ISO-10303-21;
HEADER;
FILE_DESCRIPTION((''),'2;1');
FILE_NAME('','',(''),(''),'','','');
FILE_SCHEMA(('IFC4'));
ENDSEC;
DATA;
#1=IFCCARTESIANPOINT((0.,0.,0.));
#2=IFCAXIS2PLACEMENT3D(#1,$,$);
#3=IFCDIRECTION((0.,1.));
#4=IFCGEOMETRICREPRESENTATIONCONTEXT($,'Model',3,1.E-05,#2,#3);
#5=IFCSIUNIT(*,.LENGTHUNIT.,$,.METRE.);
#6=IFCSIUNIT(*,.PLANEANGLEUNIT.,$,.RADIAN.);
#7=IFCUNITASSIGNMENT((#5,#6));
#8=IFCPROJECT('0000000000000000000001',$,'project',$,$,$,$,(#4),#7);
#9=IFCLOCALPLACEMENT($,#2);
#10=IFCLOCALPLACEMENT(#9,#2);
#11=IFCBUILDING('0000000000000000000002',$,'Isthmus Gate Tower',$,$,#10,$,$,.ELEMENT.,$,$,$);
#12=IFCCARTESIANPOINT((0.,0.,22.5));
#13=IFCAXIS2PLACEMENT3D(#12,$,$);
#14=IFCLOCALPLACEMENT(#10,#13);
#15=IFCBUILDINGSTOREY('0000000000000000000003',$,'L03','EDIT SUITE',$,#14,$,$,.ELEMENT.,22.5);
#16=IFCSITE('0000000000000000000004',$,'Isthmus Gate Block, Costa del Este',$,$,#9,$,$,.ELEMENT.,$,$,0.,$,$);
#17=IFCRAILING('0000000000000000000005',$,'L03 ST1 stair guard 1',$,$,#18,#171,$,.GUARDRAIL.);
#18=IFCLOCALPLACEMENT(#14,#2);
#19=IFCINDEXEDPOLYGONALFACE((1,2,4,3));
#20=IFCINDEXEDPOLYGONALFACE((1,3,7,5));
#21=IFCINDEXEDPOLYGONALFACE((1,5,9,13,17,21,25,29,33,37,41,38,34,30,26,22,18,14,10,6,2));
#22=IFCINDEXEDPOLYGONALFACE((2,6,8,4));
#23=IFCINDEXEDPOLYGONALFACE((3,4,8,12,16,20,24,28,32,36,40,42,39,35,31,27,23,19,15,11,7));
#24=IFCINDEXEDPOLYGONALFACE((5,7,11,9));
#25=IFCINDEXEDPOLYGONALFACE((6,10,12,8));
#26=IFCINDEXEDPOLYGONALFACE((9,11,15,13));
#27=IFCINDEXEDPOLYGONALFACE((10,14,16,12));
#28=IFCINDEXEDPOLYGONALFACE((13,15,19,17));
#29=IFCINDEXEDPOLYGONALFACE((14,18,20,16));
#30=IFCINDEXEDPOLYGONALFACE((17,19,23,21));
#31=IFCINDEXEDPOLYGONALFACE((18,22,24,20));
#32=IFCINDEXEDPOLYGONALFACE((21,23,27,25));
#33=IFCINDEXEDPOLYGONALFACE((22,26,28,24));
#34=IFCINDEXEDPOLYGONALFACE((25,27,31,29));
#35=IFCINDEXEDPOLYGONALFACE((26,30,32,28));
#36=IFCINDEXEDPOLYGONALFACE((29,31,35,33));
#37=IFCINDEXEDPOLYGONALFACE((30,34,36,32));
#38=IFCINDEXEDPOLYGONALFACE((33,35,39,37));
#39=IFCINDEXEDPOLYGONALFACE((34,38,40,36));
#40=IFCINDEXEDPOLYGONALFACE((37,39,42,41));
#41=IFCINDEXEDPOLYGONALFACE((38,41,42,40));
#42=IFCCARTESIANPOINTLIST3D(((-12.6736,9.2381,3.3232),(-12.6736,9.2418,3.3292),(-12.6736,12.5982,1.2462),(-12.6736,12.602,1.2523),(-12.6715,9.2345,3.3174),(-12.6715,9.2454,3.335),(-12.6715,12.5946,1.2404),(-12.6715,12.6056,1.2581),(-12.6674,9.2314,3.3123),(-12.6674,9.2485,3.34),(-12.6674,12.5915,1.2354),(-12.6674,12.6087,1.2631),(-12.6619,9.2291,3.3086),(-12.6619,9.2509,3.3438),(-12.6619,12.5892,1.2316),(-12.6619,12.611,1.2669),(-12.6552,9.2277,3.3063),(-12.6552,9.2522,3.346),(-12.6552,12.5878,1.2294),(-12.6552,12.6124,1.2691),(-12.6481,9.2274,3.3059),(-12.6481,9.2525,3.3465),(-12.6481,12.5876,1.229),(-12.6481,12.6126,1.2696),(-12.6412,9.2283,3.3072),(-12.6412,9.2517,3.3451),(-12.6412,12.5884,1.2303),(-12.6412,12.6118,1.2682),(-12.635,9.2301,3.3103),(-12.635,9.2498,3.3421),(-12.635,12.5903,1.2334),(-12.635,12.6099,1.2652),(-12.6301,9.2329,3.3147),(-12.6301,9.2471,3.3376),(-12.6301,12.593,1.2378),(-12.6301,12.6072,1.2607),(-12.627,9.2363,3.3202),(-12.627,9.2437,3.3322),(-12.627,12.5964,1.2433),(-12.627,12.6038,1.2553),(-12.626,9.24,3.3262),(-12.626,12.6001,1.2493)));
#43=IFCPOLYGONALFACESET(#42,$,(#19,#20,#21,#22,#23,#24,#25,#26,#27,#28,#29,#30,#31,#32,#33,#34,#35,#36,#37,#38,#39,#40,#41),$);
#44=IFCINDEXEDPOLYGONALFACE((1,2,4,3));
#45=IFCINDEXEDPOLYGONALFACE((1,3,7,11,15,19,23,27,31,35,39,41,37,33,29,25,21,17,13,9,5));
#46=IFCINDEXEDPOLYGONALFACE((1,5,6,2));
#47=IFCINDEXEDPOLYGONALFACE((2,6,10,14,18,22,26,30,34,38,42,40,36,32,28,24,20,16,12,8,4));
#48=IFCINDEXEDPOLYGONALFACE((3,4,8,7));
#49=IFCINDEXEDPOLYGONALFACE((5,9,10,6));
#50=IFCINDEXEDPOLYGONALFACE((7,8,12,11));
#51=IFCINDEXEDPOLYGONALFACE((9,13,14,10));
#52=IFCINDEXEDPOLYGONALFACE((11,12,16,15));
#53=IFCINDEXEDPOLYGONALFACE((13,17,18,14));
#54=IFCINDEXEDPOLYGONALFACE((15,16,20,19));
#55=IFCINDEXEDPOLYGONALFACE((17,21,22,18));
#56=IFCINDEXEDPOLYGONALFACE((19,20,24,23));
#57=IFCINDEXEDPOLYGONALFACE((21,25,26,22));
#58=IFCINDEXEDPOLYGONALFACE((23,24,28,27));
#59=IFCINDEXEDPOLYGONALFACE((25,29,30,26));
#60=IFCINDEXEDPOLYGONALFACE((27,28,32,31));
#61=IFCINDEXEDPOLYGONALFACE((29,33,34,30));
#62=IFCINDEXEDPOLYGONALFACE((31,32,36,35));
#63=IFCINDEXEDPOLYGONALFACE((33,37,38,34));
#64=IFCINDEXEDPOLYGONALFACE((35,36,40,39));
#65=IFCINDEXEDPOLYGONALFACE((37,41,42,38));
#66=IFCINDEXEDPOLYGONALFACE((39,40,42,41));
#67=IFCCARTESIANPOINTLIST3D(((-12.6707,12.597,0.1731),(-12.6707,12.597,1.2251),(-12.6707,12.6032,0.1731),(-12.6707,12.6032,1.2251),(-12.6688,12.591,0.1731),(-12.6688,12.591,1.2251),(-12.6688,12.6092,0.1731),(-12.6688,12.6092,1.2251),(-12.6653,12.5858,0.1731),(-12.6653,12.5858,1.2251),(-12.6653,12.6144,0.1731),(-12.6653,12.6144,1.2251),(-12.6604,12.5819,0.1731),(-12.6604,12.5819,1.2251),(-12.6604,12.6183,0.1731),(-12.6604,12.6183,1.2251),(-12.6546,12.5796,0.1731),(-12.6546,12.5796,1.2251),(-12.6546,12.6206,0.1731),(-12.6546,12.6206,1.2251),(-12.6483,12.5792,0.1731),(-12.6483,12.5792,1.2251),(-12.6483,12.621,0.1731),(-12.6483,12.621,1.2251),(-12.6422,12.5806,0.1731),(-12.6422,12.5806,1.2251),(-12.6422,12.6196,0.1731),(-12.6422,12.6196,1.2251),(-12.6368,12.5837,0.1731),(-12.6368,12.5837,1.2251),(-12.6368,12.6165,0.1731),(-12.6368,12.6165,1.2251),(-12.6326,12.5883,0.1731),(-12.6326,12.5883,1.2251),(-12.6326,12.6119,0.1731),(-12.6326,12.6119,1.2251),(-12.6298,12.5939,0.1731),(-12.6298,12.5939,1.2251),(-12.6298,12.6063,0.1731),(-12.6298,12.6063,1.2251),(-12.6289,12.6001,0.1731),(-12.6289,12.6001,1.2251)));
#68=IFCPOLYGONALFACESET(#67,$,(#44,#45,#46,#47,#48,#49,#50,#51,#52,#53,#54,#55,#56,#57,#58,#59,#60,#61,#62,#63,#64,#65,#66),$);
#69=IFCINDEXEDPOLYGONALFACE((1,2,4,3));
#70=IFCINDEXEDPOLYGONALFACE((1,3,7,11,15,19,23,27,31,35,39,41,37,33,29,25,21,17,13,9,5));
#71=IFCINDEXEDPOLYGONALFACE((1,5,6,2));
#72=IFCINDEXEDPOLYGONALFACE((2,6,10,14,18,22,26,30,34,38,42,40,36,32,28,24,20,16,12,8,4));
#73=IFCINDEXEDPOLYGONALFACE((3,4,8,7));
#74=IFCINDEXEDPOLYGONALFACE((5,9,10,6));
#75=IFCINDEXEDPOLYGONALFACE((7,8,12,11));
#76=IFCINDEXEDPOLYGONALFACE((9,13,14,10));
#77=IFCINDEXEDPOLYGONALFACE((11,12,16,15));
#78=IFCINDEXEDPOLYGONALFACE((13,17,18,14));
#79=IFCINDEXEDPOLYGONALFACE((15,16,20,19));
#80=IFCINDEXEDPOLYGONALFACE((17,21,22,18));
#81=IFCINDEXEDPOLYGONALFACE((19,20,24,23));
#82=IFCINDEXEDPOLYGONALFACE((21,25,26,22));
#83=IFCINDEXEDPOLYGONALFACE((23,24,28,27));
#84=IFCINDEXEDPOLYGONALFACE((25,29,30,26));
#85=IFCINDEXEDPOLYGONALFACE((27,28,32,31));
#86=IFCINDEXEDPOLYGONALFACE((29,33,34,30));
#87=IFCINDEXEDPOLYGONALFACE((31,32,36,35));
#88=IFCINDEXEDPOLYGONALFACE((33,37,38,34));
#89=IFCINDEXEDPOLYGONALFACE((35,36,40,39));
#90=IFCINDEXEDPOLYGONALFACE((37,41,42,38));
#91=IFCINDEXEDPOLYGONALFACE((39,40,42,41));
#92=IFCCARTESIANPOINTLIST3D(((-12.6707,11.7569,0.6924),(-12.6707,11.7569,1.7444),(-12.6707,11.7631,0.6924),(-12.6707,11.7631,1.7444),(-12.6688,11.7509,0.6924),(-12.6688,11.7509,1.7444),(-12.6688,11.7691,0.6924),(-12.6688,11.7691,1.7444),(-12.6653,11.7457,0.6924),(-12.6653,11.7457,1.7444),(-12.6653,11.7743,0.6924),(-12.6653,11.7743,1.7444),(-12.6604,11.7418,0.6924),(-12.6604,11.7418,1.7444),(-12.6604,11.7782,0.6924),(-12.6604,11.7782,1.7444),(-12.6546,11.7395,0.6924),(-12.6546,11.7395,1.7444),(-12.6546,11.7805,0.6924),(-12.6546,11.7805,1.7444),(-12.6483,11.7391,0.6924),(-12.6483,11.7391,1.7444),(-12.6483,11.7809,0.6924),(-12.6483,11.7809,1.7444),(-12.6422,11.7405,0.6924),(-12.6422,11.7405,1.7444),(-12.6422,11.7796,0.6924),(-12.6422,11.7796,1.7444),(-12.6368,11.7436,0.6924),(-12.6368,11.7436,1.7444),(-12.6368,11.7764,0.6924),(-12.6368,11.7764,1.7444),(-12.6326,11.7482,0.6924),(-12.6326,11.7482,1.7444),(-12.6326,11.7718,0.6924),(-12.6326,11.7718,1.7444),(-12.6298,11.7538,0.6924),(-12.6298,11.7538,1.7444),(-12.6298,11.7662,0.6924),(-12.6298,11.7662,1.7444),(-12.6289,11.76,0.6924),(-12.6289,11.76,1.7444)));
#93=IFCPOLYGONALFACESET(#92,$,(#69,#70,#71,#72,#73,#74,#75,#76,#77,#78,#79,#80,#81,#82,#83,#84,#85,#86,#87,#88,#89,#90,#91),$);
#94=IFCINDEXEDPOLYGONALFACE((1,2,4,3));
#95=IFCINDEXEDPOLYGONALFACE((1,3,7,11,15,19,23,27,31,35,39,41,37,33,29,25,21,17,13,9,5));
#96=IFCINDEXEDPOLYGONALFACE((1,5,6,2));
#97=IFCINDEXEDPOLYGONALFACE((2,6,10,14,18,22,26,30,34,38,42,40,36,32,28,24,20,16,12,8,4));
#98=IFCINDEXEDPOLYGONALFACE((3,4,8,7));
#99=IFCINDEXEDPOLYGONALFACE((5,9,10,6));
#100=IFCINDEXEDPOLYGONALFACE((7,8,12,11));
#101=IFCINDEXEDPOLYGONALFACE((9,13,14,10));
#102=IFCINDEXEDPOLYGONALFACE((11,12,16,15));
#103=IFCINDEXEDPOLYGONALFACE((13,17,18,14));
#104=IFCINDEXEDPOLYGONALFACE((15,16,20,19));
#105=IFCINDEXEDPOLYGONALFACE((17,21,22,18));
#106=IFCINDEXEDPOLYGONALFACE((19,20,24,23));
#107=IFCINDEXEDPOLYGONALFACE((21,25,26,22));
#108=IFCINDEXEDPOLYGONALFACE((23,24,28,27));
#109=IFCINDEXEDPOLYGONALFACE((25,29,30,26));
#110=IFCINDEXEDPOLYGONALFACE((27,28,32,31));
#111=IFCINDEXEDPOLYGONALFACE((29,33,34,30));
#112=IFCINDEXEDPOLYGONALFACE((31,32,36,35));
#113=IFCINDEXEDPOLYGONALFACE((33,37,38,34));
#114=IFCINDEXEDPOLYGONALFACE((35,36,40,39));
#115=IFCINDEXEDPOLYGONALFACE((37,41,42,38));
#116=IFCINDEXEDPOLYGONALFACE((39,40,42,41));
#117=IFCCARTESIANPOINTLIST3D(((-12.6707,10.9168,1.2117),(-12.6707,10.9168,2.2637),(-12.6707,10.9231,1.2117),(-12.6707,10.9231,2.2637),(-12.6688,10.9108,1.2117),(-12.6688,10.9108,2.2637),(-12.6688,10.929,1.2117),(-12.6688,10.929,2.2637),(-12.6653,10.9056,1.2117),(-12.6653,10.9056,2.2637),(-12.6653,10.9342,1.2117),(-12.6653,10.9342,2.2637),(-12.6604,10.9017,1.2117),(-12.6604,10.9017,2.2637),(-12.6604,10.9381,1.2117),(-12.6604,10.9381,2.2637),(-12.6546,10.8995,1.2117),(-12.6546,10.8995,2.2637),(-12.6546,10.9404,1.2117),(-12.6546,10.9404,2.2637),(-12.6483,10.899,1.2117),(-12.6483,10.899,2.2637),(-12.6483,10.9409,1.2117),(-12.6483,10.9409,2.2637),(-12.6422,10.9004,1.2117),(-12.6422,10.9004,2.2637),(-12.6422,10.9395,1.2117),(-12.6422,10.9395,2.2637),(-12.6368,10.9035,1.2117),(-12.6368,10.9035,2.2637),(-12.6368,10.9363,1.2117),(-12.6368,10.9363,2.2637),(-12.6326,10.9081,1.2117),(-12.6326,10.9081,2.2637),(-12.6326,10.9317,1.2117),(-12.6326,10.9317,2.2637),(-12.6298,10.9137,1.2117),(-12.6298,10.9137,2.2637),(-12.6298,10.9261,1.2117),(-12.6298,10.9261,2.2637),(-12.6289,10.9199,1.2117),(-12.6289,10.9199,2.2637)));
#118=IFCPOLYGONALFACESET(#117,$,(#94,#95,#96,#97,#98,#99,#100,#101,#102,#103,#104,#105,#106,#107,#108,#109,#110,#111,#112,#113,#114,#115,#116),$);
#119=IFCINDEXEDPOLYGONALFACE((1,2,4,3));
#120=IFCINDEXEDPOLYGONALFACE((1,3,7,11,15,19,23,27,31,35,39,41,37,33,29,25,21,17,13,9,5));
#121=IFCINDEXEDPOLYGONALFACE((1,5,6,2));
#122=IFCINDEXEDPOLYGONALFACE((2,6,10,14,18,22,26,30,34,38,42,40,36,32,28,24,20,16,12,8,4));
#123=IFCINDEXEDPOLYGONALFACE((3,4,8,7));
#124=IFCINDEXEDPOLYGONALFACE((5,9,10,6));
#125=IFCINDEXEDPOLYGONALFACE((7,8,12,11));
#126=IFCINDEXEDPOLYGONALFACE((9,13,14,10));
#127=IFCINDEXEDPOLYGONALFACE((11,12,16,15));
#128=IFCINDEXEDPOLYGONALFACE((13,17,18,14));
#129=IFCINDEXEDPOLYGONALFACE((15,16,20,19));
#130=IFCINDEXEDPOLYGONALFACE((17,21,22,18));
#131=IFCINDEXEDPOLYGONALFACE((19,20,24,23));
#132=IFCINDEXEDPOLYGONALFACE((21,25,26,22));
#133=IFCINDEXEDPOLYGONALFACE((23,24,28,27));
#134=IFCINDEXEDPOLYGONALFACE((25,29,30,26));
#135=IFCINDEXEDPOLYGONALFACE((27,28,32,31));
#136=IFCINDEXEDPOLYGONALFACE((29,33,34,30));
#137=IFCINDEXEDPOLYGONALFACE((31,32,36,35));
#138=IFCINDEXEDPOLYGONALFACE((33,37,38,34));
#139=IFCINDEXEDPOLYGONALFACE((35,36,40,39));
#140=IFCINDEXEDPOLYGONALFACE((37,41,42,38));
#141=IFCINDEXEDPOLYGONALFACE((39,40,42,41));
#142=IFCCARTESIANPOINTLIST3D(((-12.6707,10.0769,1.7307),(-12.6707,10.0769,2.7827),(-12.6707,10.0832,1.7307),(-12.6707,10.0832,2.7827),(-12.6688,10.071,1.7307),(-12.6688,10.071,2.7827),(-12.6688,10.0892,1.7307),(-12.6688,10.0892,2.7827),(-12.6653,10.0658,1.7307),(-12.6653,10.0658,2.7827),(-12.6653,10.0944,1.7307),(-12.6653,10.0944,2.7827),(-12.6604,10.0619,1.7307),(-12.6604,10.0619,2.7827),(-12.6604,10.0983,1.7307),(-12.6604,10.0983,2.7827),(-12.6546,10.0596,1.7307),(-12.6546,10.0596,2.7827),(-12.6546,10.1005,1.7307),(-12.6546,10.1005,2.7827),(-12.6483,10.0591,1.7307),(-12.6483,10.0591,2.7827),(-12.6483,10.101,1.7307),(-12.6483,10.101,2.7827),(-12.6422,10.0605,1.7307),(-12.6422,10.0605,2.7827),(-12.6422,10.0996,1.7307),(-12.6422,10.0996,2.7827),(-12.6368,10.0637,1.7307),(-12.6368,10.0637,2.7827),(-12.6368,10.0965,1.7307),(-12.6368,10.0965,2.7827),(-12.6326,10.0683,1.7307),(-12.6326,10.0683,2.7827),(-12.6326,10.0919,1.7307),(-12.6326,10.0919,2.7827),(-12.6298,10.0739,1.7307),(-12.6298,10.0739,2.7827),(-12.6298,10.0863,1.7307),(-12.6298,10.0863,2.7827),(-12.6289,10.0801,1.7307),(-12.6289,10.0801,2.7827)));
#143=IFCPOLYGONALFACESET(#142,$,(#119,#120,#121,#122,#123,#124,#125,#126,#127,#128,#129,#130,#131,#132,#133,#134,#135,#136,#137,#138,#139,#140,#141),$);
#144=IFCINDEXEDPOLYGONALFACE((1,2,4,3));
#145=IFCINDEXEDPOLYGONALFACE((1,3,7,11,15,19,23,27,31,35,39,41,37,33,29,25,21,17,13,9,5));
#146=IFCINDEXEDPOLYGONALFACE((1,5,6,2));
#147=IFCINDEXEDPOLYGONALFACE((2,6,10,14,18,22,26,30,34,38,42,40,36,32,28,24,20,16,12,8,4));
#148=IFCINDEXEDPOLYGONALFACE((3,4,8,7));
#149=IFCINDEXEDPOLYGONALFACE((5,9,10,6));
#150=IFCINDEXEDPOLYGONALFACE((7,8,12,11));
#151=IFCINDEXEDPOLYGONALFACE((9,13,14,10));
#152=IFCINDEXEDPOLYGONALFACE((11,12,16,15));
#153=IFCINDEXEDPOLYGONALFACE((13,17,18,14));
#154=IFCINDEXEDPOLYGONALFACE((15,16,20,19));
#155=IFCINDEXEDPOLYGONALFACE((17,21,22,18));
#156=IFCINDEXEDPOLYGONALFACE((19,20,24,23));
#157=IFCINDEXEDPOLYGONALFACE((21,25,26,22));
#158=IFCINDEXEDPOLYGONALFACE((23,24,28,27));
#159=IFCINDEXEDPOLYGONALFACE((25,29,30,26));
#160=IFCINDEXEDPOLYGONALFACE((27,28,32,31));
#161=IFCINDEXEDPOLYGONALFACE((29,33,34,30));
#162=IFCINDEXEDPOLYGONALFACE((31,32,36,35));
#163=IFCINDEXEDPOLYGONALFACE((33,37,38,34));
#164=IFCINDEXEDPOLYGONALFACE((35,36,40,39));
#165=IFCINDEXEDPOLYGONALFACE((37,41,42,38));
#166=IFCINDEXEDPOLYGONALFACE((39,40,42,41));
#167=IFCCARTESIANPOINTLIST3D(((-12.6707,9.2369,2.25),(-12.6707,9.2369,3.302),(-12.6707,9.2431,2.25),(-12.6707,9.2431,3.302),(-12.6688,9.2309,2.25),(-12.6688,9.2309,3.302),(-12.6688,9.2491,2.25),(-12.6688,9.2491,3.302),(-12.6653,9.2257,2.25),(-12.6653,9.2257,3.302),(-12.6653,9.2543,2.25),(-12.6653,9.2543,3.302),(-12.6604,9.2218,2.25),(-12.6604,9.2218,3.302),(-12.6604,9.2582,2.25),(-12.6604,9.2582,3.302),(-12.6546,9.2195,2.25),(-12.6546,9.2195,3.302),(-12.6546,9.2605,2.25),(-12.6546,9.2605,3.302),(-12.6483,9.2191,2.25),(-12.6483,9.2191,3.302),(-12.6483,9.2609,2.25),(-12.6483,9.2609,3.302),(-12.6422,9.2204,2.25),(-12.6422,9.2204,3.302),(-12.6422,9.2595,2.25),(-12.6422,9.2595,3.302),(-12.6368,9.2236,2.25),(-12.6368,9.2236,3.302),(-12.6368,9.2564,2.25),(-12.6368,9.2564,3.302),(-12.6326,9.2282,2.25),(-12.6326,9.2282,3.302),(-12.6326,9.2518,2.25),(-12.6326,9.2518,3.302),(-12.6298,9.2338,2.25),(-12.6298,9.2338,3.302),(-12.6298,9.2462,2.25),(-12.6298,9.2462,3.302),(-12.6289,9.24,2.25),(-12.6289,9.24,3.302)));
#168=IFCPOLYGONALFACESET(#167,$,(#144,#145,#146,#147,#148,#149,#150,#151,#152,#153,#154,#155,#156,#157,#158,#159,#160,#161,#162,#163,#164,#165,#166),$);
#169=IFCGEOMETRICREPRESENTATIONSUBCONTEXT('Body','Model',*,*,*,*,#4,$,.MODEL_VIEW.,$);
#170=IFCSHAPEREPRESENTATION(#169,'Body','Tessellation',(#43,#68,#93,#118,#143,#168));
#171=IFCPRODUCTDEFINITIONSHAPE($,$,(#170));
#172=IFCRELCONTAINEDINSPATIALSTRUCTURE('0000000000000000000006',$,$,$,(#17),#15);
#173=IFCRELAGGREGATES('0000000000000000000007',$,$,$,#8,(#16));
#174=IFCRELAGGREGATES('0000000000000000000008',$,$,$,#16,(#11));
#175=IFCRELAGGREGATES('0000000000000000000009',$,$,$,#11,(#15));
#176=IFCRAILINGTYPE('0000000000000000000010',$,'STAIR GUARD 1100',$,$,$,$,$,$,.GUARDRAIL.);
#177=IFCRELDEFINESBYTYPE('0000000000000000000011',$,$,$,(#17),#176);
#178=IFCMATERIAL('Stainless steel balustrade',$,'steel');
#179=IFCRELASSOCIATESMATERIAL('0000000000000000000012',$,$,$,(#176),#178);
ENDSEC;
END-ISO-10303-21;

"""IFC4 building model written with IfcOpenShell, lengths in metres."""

from ifc_helpers import new_model, si_unit, direction, frame, origin, origin_2d, place, context, subcontext, project, spatial, circle, extrude, material, type_object, element, save


model = new_model("IFC4")

# Units and contexts
model_context = context("Model", 3, precision=1e-05, world=origin(), true_north=direction((0.0, 1.0)))
body_context = subcontext(model_context, "Body", "Model", "MODEL_VIEW")
ifc_project = project(units=[si_unit("LENGTHUNIT", "METRE"), si_unit("PLANEANGLEUNIT", "RADIAN")], contexts=[model_context])

# Site, building, storey
site_placement = place(None, origin())
site = spatial("IfcSite", under=ifc_project, at=site_placement, Name="Isthmus Gate Block, Costa del Este", CompositionType="ELEMENT", RefElevation=0.0)
building_placement = place(site_placement, origin())
building = spatial("IfcBuilding", under=site, at=building_placement, Name="Isthmus Gate Tower", CompositionType="ELEMENT")
storey_placement = place(building_placement, frame((0.0, 0.0, 22.5)))
storey = spatial("IfcBuildingStorey", under=building, at=storey_placement, Name="L03", Description="EDIT SUITE", CompositionType="ELEMENT", Elevation=22.5)

# Railing
ifc_material_1 = material(Name="Stainless steel balustrade", Category="steel")
railing_type_1 = type_object("IfcRailingType", Name="STAIR GUARD 1100", PredefinedType="GUARDRAIL", material=ifc_material_1)
railing_1_placement = place(storey_placement, frame((-12.6499, 12.6001, 0.1731)))
element("IfcRailing", 1, at=railing_1_placement, inside=storey, type_object=railing_type_1, Name="L03 ST1 stair guard 1", PredefinedType="GUARDRAIL", context=body_context, shape_type="SweptSolid", body=[
    extrude(circle(Radius=0.0239, at=origin_2d()), frame((0.0, 0.0, 1.0762), z_axis=(0.0, -0.850623, 0.525776), x_axis=(1.0, 0.0, 0.0)), (0.0, 0.0, 1.0), 3.9502),
    extrude(circle(Radius=0.021, at=origin_2d()), origin(), (0.0, 0.0, 1.0), 1.052),
    extrude(circle(Radius=0.021, at=origin_2d()), frame((0.0, -0.8401, 0.5193)), (0.0, 0.0, 1.0), 1.052),
    extrude(circle(Radius=0.021, at=origin_2d()), frame((0.0, -1.6802, 1.0386)), (0.0, 0.0, 1.0), 1.052),
    extrude(circle(Radius=0.021, at=origin_2d()), frame((0.0, -2.52, 1.5576)), (0.0, 0.0, 1.0), 1.052),
    extrude(circle(Radius=0.021, at=origin_2d()), frame((0.0, -3.3601, 2.0769)), (0.0, 0.0, 1.0), 1.052),
])

save(model, "model.ifc")
